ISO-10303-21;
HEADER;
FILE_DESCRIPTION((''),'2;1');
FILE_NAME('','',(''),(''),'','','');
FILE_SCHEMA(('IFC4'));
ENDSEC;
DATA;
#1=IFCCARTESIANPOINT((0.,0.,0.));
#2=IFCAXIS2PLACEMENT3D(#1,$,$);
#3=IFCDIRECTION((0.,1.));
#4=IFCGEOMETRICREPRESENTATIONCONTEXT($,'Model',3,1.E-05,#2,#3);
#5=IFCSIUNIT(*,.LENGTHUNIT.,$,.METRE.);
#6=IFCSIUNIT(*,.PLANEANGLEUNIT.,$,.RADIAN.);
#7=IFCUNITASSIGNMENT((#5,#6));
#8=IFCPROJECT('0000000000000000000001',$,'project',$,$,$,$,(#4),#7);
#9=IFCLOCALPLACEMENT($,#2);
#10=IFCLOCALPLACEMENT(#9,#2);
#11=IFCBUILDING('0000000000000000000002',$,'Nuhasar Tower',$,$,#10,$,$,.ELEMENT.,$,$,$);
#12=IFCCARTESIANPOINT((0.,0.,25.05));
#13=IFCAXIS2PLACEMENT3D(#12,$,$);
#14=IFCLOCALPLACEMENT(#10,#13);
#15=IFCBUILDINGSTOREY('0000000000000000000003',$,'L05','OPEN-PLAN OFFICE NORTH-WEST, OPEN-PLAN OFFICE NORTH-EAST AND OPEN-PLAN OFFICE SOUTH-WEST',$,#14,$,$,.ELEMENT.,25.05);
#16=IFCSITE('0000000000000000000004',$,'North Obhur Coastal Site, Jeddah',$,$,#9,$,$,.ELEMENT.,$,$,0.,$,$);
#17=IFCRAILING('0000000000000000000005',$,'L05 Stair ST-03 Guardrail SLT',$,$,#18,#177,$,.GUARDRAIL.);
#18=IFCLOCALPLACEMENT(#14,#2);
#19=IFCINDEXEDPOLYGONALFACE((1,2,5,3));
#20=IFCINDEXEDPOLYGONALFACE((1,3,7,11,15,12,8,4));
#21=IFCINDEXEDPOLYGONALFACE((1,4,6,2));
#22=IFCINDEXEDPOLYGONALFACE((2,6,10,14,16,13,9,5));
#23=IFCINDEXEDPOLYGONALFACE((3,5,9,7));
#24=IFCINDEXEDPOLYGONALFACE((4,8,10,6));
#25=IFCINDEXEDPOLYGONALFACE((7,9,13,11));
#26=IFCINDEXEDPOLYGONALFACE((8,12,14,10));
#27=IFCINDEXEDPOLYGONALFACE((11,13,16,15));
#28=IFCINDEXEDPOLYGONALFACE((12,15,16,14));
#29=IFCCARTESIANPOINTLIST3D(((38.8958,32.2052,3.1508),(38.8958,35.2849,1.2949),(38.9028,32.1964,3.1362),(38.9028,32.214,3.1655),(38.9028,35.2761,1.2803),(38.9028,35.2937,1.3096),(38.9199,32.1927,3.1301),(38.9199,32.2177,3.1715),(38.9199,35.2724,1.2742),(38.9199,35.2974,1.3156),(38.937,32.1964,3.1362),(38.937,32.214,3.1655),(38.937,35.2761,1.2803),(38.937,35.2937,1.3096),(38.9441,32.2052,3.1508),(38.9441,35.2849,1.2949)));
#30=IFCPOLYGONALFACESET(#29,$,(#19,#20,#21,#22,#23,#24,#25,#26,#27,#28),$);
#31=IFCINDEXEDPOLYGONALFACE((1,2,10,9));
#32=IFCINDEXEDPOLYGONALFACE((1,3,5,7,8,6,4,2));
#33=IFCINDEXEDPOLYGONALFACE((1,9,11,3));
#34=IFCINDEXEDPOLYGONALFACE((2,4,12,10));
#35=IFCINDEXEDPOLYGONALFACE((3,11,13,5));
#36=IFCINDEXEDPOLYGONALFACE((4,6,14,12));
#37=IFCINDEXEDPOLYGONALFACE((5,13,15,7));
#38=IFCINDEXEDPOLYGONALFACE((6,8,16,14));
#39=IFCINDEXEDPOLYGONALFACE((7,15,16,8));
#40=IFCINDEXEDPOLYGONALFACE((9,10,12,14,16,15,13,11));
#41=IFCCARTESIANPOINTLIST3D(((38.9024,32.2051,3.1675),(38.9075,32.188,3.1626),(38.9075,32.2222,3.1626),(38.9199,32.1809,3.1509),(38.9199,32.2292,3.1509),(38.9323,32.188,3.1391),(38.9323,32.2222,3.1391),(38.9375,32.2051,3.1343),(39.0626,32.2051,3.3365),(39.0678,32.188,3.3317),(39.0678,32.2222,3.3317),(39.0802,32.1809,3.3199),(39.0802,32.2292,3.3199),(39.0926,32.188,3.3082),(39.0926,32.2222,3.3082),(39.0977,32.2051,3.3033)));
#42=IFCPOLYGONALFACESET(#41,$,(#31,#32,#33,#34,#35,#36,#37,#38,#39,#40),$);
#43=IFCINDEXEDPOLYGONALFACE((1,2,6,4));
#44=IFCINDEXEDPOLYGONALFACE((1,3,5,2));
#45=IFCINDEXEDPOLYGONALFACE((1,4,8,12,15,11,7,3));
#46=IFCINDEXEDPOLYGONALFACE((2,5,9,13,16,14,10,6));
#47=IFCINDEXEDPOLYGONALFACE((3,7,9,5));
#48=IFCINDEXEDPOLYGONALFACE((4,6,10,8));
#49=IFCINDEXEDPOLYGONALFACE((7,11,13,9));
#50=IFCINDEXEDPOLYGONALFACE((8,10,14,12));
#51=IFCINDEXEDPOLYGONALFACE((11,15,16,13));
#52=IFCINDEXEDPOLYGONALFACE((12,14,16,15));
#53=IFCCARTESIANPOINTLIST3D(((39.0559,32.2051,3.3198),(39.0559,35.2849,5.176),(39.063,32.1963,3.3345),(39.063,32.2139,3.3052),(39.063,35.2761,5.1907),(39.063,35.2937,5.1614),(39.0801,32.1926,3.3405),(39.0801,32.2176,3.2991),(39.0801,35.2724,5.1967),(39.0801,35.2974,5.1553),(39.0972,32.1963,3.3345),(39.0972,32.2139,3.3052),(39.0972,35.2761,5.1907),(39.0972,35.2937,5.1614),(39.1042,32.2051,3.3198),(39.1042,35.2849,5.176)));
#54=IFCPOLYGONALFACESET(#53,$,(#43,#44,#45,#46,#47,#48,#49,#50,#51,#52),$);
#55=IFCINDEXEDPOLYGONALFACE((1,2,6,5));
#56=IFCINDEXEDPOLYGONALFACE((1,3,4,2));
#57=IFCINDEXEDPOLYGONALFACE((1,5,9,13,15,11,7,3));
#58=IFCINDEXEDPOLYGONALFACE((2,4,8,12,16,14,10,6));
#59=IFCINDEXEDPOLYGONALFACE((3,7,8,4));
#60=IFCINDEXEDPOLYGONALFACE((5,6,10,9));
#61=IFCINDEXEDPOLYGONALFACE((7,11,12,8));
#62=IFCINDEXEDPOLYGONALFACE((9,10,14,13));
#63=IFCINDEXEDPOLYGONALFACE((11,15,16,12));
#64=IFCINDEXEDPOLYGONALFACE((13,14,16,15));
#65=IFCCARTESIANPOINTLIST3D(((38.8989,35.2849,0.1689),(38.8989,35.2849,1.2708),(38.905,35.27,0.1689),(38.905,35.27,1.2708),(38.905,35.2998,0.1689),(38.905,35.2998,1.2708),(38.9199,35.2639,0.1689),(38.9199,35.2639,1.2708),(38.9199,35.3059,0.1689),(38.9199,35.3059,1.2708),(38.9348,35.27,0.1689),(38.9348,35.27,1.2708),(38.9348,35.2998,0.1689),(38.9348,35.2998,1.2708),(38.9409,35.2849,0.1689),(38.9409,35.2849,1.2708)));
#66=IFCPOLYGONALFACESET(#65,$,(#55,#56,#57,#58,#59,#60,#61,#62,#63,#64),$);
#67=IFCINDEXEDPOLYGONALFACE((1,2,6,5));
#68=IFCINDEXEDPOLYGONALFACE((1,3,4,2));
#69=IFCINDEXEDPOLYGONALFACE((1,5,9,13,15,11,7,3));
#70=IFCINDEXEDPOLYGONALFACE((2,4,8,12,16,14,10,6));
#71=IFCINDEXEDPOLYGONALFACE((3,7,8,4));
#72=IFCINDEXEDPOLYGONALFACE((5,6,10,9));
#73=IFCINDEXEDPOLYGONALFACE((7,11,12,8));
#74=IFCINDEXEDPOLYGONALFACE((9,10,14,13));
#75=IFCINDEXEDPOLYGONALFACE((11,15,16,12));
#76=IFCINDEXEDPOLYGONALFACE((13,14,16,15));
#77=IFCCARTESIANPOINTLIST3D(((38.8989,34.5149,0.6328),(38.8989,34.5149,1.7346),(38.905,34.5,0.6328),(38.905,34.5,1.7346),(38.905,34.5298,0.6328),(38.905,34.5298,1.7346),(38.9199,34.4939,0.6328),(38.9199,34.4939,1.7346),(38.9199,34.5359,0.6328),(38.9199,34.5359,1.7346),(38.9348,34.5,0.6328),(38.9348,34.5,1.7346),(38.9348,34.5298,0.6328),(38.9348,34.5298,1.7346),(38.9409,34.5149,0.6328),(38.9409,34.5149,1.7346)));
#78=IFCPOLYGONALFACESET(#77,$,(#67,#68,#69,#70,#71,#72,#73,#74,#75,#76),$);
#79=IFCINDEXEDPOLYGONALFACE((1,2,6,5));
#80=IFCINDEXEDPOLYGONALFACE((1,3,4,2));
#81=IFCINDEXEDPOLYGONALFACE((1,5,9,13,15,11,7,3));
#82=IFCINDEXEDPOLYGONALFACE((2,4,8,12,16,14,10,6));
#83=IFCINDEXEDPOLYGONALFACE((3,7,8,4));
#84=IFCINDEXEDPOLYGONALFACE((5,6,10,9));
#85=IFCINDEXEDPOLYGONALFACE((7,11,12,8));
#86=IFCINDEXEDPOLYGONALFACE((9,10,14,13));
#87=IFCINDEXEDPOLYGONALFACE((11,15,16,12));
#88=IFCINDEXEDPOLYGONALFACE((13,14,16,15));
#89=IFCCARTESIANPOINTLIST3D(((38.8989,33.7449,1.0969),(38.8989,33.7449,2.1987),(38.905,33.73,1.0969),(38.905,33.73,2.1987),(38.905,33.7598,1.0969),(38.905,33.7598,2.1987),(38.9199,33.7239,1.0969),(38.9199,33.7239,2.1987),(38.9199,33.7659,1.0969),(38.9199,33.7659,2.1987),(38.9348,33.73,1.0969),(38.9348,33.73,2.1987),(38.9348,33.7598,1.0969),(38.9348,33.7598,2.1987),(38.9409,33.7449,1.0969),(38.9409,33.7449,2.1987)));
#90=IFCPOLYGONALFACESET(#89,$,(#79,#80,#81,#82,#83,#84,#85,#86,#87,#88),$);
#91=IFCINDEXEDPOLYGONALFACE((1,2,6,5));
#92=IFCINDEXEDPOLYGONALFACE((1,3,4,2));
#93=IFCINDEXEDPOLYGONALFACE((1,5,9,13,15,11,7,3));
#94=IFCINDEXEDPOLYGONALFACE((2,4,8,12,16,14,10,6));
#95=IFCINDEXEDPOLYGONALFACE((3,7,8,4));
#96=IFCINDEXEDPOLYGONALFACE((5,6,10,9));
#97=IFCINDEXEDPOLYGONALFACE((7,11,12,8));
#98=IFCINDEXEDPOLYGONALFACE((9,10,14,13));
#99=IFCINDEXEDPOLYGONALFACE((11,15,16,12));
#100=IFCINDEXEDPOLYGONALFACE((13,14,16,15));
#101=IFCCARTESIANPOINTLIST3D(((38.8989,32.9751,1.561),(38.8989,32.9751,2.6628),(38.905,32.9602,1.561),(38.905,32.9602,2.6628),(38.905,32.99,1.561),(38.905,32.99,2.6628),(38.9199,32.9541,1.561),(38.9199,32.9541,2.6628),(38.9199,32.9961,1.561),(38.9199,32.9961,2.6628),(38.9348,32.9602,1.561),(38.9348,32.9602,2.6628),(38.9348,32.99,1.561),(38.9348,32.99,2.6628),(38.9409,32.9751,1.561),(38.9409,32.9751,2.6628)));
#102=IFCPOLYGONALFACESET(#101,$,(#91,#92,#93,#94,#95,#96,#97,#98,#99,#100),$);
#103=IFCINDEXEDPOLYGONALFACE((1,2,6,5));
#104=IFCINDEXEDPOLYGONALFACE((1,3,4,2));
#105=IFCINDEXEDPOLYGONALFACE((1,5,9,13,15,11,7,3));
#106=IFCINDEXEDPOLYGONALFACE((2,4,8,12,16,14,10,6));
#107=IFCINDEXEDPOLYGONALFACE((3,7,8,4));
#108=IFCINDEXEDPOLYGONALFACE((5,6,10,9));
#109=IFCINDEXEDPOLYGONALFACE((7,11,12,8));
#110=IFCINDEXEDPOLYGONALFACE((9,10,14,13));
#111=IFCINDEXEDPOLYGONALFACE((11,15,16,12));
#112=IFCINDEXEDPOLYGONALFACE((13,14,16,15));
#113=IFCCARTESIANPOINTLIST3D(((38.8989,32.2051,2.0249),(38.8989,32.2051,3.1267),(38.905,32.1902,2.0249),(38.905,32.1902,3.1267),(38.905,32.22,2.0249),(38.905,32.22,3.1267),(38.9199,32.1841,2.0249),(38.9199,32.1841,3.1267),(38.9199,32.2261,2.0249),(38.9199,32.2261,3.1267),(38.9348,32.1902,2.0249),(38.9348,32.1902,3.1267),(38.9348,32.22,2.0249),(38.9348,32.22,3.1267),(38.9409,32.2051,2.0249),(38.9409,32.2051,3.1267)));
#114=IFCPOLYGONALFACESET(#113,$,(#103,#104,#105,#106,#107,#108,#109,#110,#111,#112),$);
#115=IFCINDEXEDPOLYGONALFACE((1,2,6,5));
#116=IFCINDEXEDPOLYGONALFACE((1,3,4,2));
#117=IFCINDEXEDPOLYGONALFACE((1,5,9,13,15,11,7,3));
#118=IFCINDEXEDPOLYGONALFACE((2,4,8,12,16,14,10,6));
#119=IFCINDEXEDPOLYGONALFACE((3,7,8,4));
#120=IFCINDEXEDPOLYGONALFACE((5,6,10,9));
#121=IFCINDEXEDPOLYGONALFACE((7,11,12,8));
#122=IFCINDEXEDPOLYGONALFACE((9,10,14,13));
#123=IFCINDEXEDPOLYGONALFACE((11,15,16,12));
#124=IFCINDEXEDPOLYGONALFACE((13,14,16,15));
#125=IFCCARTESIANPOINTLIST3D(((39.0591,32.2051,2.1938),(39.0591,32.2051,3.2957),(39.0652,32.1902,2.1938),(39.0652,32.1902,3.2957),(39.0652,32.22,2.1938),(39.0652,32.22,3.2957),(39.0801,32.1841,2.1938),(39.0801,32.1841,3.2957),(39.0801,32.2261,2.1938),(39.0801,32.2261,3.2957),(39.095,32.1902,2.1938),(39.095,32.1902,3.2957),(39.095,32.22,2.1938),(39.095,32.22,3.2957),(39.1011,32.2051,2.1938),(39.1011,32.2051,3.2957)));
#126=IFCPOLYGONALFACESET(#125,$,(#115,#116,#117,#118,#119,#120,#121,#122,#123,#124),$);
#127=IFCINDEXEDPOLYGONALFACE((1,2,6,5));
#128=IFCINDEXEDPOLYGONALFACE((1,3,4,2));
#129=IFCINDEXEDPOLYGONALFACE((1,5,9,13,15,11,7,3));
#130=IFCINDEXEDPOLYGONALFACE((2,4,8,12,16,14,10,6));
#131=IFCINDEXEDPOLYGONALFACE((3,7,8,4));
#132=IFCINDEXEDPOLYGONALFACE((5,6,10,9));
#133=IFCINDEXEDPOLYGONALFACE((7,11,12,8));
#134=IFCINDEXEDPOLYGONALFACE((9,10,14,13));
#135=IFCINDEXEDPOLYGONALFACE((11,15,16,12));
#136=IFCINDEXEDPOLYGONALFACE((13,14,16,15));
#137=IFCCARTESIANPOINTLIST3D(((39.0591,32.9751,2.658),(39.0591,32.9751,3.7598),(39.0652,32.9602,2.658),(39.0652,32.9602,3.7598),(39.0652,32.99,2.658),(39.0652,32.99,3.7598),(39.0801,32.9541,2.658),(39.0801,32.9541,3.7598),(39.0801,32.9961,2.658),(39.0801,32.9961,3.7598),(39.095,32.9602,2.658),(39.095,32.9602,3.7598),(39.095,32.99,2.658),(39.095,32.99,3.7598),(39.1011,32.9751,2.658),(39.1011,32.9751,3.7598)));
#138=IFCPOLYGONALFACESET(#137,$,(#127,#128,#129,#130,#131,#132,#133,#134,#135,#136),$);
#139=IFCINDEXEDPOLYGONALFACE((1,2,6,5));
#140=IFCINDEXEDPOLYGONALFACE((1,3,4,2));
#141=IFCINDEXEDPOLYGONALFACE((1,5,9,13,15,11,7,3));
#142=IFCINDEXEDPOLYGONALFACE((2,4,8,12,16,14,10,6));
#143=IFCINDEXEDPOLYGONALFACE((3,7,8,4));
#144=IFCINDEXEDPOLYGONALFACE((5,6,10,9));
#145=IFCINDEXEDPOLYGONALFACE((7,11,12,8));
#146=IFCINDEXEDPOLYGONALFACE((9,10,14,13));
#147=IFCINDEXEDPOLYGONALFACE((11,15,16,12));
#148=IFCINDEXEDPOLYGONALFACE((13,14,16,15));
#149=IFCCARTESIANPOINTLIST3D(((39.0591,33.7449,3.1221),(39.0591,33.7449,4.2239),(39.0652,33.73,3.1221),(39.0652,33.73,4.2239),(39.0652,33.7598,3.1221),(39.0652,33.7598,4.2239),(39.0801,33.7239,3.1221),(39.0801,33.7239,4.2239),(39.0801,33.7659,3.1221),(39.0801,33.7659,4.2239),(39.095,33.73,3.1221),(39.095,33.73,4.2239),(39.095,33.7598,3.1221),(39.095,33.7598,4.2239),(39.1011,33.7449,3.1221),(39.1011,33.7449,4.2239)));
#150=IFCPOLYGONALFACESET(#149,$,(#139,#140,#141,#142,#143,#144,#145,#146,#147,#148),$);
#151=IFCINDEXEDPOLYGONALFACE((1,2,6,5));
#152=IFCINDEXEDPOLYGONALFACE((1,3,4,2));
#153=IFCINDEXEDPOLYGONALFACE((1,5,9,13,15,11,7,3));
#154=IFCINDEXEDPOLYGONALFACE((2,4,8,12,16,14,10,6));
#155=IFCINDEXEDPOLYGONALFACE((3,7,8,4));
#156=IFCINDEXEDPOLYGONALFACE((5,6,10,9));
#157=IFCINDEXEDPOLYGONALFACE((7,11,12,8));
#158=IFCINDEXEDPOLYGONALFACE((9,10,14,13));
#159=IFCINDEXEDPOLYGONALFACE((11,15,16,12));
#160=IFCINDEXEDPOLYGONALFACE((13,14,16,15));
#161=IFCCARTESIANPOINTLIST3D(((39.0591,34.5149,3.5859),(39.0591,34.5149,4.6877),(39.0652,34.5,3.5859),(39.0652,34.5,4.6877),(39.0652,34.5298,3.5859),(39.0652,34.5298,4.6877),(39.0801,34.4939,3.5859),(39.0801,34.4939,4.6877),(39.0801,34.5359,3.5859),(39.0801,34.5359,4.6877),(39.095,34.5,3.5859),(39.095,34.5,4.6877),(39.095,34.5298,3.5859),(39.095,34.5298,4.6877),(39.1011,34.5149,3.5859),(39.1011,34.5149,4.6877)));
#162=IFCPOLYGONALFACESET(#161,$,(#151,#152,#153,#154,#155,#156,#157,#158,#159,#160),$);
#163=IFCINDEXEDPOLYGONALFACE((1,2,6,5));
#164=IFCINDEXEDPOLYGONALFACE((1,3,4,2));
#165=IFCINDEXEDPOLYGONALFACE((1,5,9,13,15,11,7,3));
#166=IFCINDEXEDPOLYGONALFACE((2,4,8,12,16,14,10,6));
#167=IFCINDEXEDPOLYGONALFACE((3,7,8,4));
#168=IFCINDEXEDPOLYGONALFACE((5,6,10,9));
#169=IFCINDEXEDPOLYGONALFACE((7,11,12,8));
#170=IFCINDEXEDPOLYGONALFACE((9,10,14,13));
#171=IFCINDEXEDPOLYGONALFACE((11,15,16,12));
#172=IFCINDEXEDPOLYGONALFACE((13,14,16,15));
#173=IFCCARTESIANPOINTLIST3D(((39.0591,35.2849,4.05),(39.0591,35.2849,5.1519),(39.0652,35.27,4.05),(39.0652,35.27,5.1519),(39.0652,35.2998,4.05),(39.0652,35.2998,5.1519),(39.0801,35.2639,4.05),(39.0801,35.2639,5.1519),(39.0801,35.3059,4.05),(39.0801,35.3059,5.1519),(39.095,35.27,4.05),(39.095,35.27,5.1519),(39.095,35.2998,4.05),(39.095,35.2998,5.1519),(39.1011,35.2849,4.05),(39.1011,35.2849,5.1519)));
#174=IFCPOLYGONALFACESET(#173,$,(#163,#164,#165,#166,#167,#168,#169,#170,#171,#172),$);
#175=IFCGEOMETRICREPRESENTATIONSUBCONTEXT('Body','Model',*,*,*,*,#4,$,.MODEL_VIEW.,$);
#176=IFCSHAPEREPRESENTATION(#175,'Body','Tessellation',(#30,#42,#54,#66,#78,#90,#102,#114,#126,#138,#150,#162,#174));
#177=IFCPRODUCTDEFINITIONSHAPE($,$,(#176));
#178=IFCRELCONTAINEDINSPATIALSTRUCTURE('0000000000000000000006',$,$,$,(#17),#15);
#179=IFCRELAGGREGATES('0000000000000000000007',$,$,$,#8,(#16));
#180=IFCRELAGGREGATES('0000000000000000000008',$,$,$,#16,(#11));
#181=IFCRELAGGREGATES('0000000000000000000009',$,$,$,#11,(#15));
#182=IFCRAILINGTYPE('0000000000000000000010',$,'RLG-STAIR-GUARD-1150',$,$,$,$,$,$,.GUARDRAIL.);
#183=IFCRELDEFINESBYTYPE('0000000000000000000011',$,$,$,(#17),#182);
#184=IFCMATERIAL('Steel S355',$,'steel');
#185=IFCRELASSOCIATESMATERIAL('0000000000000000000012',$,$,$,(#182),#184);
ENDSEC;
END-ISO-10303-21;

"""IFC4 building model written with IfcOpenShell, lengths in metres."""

from ifc_helpers import new_model, si_unit, direction, frame, origin, place, context, subcontext, project, spatial, polyline, outline, extrude, material, type_object, element, save


model = new_model("IFC4")

# Units and contexts
model_context = context("Model", 3, precision=1e-05, world=origin(), true_north=direction((0.0, 1.0)))
body_context = subcontext(model_context, "Body", "Model", "MODEL_VIEW")
ifc_project = project(units=[si_unit("LENGTHUNIT", "METRE"), si_unit("PLANEANGLEUNIT", "RADIAN")], contexts=[model_context])

# Site, building, storey
site_placement = place(None, origin())
site = spatial("IfcSite", under=ifc_project, at=site_placement, Name="North Obhur Coastal Site, Jeddah", CompositionType="ELEMENT", RefElevation=0.0)
building_placement = place(site_placement, origin())
building = spatial("IfcBuilding", under=site, at=building_placement, Name="Nuhasar Tower", CompositionType="ELEMENT")
storey_placement = place(building_placement, frame((0.0, 0.0, 25.05)))
storey = spatial("IfcBuildingStorey", under=building, at=storey_placement, Name="L05", Description="OPEN-PLAN OFFICE NORTH-WEST, OPEN-PLAN OFFICE NORTH-EAST AND OPEN-PLAN OFFICE SOUTH-WEST", CompositionType="ELEMENT", Elevation=25.05)

# Shared definitions
ifc_material_1 = material(Name="Steel S355", Category="steel")

# Railing
railing_type_1 = type_object("IfcRailingType", Name="RLG-STAIR-GUARD-1150", PredefinedType="GUARDRAIL", material=ifc_material_1)
railing_1_placement = place(storey_placement, frame((38.9199, 35.2849, 0.1689)))
element("IfcRailing", 1, at=railing_1_placement, inside=storey, type_object=railing_type_1, Name="L05 Stair ST-03 Guardrail SLT", PredefinedType="GUARDRAIL", context=body_context, shape_type="SweptSolid", body=[
    extrude(outline(polyline([(0.0242, 0.0), (0.0171, 0.0171), (0.0, 0.0242), (-0.0171, 0.0171), (-0.0242, 0.0), (-0.0171, -0.0171), (0.0, -0.0242), (0.0171, -0.0171), (0.0242, 0.0)])), frame((0.0, 0.0, 1.126), z_axis=(0.0, -0.856503, 0.516142), x_axis=(1.0, 0.0, 0.0)), (0.0, 0.0, 1.0), 3.5957),
    extrude(outline(polyline([(0.0242, 0.0), (0.0171, 0.0171), (0.0, 0.0242), (-0.0171, 0.0171), (-0.0242, 0.0), (-0.0171, -0.0171), (0.0, -0.0242), (0.0171, -0.0171), (0.0242, 0.0)])), frame((0.0, -3.0798, 2.9819), z_axis=(0.687977, 0.0, 0.725732), x_axis=(0.0, 1.0, 0.0)), (0.0, 0.0, 1.0), 0.2329),
    extrude(outline(polyline([(0.0242, 0.0), (0.0171, 0.0171), (0.0, 0.0242), (-0.0171, 0.0171), (-0.0242, 0.0), (-0.0171, -0.0171), (0.0, -0.0242), (0.0171, -0.0171), (0.0242, 0.0)])), frame((0.1602, -3.0798, 3.1509), z_axis=(0.0, 0.856473, 0.516192), x_axis=(-1.0, 0.0, 0.0)), (0.0, 0.0, 1.0), 3.5959),
    extrude(outline(polyline([(0.021, 0.0), (0.0149, 0.0149), (0.0, 0.021), (-0.0149, 0.0149), (-0.021, 0.0), (-0.0149, -0.0149), (0.0, -0.021), (0.0149, -0.0149), (0.021, 0.0)])), origin(), (0.0, 0.0, 1.0), 1.1018),
    extrude(outline(polyline([(0.021, 0.0), (0.0149, 0.0149), (0.0, 0.021), (-0.0149, 0.0149), (-0.021, 0.0), (-0.0149, -0.0149), (0.0, -0.021), (0.0149, -0.0149), (0.021, 0.0)])), frame((0.0, -0.77, 0.4639)), (0.0, 0.0, 1.0), 1.1018),
    extrude(outline(polyline([(0.021, 0.0), (0.0149, 0.0149), (0.0, 0.021), (-0.0149, 0.0149), (-0.021, 0.0), (-0.0149, -0.0149), (0.0, -0.021), (0.0149, -0.0149), (0.021, 0.0)])), frame((0.0, -1.54, 0.928)), (0.0, 0.0, 1.0), 1.1018),
    extrude(outline(polyline([(0.021, 0.0), (0.0149, 0.0149), (0.0, 0.021), (-0.0149, 0.0149), (-0.021, 0.0), (-0.0149, -0.0149), (0.0, -0.021), (0.0149, -0.0149), (0.021, 0.0)])), frame((0.0, -2.3098, 1.3921)), (0.0, 0.0, 1.0), 1.1018),
    extrude(outline(polyline([(0.021, 0.0), (0.0149, 0.0149), (0.0, 0.021), (-0.0149, 0.0149), (-0.021, 0.0), (-0.0149, -0.0149), (0.0, -0.021), (0.0149, -0.0149), (0.021, 0.0)])), frame((0.0, -3.0798, 1.856)), (0.0, 0.0, 1.0), 1.1018),
    extrude(outline(polyline([(0.021, 0.0), (0.0149, 0.0149), (0.0, 0.021), (-0.0149, 0.0149), (-0.021, 0.0), (-0.0149, -0.0149), (0.0, -0.021), (0.0149, -0.0149), (0.021, 0.0)])), frame((0.1602, -3.0798, 2.0249)), (0.0, 0.0, 1.0), 1.1018),
    extrude(outline(polyline([(0.021, 0.0), (0.0149, 0.0149), (0.0, 0.021), (-0.0149, 0.0149), (-0.021, 0.0), (-0.0149, -0.0149), (0.0, -0.021), (0.0149, -0.0149), (0.021, 0.0)])), frame((0.1602, -2.3098, 2.489)), (0.0, 0.0, 1.0), 1.1018),
    extrude(outline(polyline([(0.021, 0.0), (0.0149, 0.0149), (0.0, 0.021), (-0.0149, 0.0149), (-0.021, 0.0), (-0.0149, -0.0149), (0.0, -0.021), (0.0149, -0.0149), (0.021, 0.0)])), frame((0.1602, -1.54, 2.9531)), (0.0, 0.0, 1.0), 1.1018),
    extrude(outline(polyline([(0.021, 0.0), (0.0149, 0.0149), (0.0, 0.021), (-0.0149, 0.0149), (-0.021, 0.0), (-0.0149, -0.0149), (0.0, -0.021), (0.0149, -0.0149), (0.021, 0.0)])), frame((0.1602, -0.77, 3.417)), (0.0, 0.0, 1.0), 1.1018),
    extrude(outline(polyline([(0.021, 0.0), (0.0149, 0.0149), (0.0, 0.021), (-0.0149, 0.0149), (-0.021, 0.0), (-0.0149, -0.0149), (0.0, -0.021), (0.0149, -0.0149), (0.021, 0.0)])), frame((0.1602, 0.0, 3.8811)), (0.0, 0.0, 1.0), 1.1018),
])

save(model, "model.ifc")
